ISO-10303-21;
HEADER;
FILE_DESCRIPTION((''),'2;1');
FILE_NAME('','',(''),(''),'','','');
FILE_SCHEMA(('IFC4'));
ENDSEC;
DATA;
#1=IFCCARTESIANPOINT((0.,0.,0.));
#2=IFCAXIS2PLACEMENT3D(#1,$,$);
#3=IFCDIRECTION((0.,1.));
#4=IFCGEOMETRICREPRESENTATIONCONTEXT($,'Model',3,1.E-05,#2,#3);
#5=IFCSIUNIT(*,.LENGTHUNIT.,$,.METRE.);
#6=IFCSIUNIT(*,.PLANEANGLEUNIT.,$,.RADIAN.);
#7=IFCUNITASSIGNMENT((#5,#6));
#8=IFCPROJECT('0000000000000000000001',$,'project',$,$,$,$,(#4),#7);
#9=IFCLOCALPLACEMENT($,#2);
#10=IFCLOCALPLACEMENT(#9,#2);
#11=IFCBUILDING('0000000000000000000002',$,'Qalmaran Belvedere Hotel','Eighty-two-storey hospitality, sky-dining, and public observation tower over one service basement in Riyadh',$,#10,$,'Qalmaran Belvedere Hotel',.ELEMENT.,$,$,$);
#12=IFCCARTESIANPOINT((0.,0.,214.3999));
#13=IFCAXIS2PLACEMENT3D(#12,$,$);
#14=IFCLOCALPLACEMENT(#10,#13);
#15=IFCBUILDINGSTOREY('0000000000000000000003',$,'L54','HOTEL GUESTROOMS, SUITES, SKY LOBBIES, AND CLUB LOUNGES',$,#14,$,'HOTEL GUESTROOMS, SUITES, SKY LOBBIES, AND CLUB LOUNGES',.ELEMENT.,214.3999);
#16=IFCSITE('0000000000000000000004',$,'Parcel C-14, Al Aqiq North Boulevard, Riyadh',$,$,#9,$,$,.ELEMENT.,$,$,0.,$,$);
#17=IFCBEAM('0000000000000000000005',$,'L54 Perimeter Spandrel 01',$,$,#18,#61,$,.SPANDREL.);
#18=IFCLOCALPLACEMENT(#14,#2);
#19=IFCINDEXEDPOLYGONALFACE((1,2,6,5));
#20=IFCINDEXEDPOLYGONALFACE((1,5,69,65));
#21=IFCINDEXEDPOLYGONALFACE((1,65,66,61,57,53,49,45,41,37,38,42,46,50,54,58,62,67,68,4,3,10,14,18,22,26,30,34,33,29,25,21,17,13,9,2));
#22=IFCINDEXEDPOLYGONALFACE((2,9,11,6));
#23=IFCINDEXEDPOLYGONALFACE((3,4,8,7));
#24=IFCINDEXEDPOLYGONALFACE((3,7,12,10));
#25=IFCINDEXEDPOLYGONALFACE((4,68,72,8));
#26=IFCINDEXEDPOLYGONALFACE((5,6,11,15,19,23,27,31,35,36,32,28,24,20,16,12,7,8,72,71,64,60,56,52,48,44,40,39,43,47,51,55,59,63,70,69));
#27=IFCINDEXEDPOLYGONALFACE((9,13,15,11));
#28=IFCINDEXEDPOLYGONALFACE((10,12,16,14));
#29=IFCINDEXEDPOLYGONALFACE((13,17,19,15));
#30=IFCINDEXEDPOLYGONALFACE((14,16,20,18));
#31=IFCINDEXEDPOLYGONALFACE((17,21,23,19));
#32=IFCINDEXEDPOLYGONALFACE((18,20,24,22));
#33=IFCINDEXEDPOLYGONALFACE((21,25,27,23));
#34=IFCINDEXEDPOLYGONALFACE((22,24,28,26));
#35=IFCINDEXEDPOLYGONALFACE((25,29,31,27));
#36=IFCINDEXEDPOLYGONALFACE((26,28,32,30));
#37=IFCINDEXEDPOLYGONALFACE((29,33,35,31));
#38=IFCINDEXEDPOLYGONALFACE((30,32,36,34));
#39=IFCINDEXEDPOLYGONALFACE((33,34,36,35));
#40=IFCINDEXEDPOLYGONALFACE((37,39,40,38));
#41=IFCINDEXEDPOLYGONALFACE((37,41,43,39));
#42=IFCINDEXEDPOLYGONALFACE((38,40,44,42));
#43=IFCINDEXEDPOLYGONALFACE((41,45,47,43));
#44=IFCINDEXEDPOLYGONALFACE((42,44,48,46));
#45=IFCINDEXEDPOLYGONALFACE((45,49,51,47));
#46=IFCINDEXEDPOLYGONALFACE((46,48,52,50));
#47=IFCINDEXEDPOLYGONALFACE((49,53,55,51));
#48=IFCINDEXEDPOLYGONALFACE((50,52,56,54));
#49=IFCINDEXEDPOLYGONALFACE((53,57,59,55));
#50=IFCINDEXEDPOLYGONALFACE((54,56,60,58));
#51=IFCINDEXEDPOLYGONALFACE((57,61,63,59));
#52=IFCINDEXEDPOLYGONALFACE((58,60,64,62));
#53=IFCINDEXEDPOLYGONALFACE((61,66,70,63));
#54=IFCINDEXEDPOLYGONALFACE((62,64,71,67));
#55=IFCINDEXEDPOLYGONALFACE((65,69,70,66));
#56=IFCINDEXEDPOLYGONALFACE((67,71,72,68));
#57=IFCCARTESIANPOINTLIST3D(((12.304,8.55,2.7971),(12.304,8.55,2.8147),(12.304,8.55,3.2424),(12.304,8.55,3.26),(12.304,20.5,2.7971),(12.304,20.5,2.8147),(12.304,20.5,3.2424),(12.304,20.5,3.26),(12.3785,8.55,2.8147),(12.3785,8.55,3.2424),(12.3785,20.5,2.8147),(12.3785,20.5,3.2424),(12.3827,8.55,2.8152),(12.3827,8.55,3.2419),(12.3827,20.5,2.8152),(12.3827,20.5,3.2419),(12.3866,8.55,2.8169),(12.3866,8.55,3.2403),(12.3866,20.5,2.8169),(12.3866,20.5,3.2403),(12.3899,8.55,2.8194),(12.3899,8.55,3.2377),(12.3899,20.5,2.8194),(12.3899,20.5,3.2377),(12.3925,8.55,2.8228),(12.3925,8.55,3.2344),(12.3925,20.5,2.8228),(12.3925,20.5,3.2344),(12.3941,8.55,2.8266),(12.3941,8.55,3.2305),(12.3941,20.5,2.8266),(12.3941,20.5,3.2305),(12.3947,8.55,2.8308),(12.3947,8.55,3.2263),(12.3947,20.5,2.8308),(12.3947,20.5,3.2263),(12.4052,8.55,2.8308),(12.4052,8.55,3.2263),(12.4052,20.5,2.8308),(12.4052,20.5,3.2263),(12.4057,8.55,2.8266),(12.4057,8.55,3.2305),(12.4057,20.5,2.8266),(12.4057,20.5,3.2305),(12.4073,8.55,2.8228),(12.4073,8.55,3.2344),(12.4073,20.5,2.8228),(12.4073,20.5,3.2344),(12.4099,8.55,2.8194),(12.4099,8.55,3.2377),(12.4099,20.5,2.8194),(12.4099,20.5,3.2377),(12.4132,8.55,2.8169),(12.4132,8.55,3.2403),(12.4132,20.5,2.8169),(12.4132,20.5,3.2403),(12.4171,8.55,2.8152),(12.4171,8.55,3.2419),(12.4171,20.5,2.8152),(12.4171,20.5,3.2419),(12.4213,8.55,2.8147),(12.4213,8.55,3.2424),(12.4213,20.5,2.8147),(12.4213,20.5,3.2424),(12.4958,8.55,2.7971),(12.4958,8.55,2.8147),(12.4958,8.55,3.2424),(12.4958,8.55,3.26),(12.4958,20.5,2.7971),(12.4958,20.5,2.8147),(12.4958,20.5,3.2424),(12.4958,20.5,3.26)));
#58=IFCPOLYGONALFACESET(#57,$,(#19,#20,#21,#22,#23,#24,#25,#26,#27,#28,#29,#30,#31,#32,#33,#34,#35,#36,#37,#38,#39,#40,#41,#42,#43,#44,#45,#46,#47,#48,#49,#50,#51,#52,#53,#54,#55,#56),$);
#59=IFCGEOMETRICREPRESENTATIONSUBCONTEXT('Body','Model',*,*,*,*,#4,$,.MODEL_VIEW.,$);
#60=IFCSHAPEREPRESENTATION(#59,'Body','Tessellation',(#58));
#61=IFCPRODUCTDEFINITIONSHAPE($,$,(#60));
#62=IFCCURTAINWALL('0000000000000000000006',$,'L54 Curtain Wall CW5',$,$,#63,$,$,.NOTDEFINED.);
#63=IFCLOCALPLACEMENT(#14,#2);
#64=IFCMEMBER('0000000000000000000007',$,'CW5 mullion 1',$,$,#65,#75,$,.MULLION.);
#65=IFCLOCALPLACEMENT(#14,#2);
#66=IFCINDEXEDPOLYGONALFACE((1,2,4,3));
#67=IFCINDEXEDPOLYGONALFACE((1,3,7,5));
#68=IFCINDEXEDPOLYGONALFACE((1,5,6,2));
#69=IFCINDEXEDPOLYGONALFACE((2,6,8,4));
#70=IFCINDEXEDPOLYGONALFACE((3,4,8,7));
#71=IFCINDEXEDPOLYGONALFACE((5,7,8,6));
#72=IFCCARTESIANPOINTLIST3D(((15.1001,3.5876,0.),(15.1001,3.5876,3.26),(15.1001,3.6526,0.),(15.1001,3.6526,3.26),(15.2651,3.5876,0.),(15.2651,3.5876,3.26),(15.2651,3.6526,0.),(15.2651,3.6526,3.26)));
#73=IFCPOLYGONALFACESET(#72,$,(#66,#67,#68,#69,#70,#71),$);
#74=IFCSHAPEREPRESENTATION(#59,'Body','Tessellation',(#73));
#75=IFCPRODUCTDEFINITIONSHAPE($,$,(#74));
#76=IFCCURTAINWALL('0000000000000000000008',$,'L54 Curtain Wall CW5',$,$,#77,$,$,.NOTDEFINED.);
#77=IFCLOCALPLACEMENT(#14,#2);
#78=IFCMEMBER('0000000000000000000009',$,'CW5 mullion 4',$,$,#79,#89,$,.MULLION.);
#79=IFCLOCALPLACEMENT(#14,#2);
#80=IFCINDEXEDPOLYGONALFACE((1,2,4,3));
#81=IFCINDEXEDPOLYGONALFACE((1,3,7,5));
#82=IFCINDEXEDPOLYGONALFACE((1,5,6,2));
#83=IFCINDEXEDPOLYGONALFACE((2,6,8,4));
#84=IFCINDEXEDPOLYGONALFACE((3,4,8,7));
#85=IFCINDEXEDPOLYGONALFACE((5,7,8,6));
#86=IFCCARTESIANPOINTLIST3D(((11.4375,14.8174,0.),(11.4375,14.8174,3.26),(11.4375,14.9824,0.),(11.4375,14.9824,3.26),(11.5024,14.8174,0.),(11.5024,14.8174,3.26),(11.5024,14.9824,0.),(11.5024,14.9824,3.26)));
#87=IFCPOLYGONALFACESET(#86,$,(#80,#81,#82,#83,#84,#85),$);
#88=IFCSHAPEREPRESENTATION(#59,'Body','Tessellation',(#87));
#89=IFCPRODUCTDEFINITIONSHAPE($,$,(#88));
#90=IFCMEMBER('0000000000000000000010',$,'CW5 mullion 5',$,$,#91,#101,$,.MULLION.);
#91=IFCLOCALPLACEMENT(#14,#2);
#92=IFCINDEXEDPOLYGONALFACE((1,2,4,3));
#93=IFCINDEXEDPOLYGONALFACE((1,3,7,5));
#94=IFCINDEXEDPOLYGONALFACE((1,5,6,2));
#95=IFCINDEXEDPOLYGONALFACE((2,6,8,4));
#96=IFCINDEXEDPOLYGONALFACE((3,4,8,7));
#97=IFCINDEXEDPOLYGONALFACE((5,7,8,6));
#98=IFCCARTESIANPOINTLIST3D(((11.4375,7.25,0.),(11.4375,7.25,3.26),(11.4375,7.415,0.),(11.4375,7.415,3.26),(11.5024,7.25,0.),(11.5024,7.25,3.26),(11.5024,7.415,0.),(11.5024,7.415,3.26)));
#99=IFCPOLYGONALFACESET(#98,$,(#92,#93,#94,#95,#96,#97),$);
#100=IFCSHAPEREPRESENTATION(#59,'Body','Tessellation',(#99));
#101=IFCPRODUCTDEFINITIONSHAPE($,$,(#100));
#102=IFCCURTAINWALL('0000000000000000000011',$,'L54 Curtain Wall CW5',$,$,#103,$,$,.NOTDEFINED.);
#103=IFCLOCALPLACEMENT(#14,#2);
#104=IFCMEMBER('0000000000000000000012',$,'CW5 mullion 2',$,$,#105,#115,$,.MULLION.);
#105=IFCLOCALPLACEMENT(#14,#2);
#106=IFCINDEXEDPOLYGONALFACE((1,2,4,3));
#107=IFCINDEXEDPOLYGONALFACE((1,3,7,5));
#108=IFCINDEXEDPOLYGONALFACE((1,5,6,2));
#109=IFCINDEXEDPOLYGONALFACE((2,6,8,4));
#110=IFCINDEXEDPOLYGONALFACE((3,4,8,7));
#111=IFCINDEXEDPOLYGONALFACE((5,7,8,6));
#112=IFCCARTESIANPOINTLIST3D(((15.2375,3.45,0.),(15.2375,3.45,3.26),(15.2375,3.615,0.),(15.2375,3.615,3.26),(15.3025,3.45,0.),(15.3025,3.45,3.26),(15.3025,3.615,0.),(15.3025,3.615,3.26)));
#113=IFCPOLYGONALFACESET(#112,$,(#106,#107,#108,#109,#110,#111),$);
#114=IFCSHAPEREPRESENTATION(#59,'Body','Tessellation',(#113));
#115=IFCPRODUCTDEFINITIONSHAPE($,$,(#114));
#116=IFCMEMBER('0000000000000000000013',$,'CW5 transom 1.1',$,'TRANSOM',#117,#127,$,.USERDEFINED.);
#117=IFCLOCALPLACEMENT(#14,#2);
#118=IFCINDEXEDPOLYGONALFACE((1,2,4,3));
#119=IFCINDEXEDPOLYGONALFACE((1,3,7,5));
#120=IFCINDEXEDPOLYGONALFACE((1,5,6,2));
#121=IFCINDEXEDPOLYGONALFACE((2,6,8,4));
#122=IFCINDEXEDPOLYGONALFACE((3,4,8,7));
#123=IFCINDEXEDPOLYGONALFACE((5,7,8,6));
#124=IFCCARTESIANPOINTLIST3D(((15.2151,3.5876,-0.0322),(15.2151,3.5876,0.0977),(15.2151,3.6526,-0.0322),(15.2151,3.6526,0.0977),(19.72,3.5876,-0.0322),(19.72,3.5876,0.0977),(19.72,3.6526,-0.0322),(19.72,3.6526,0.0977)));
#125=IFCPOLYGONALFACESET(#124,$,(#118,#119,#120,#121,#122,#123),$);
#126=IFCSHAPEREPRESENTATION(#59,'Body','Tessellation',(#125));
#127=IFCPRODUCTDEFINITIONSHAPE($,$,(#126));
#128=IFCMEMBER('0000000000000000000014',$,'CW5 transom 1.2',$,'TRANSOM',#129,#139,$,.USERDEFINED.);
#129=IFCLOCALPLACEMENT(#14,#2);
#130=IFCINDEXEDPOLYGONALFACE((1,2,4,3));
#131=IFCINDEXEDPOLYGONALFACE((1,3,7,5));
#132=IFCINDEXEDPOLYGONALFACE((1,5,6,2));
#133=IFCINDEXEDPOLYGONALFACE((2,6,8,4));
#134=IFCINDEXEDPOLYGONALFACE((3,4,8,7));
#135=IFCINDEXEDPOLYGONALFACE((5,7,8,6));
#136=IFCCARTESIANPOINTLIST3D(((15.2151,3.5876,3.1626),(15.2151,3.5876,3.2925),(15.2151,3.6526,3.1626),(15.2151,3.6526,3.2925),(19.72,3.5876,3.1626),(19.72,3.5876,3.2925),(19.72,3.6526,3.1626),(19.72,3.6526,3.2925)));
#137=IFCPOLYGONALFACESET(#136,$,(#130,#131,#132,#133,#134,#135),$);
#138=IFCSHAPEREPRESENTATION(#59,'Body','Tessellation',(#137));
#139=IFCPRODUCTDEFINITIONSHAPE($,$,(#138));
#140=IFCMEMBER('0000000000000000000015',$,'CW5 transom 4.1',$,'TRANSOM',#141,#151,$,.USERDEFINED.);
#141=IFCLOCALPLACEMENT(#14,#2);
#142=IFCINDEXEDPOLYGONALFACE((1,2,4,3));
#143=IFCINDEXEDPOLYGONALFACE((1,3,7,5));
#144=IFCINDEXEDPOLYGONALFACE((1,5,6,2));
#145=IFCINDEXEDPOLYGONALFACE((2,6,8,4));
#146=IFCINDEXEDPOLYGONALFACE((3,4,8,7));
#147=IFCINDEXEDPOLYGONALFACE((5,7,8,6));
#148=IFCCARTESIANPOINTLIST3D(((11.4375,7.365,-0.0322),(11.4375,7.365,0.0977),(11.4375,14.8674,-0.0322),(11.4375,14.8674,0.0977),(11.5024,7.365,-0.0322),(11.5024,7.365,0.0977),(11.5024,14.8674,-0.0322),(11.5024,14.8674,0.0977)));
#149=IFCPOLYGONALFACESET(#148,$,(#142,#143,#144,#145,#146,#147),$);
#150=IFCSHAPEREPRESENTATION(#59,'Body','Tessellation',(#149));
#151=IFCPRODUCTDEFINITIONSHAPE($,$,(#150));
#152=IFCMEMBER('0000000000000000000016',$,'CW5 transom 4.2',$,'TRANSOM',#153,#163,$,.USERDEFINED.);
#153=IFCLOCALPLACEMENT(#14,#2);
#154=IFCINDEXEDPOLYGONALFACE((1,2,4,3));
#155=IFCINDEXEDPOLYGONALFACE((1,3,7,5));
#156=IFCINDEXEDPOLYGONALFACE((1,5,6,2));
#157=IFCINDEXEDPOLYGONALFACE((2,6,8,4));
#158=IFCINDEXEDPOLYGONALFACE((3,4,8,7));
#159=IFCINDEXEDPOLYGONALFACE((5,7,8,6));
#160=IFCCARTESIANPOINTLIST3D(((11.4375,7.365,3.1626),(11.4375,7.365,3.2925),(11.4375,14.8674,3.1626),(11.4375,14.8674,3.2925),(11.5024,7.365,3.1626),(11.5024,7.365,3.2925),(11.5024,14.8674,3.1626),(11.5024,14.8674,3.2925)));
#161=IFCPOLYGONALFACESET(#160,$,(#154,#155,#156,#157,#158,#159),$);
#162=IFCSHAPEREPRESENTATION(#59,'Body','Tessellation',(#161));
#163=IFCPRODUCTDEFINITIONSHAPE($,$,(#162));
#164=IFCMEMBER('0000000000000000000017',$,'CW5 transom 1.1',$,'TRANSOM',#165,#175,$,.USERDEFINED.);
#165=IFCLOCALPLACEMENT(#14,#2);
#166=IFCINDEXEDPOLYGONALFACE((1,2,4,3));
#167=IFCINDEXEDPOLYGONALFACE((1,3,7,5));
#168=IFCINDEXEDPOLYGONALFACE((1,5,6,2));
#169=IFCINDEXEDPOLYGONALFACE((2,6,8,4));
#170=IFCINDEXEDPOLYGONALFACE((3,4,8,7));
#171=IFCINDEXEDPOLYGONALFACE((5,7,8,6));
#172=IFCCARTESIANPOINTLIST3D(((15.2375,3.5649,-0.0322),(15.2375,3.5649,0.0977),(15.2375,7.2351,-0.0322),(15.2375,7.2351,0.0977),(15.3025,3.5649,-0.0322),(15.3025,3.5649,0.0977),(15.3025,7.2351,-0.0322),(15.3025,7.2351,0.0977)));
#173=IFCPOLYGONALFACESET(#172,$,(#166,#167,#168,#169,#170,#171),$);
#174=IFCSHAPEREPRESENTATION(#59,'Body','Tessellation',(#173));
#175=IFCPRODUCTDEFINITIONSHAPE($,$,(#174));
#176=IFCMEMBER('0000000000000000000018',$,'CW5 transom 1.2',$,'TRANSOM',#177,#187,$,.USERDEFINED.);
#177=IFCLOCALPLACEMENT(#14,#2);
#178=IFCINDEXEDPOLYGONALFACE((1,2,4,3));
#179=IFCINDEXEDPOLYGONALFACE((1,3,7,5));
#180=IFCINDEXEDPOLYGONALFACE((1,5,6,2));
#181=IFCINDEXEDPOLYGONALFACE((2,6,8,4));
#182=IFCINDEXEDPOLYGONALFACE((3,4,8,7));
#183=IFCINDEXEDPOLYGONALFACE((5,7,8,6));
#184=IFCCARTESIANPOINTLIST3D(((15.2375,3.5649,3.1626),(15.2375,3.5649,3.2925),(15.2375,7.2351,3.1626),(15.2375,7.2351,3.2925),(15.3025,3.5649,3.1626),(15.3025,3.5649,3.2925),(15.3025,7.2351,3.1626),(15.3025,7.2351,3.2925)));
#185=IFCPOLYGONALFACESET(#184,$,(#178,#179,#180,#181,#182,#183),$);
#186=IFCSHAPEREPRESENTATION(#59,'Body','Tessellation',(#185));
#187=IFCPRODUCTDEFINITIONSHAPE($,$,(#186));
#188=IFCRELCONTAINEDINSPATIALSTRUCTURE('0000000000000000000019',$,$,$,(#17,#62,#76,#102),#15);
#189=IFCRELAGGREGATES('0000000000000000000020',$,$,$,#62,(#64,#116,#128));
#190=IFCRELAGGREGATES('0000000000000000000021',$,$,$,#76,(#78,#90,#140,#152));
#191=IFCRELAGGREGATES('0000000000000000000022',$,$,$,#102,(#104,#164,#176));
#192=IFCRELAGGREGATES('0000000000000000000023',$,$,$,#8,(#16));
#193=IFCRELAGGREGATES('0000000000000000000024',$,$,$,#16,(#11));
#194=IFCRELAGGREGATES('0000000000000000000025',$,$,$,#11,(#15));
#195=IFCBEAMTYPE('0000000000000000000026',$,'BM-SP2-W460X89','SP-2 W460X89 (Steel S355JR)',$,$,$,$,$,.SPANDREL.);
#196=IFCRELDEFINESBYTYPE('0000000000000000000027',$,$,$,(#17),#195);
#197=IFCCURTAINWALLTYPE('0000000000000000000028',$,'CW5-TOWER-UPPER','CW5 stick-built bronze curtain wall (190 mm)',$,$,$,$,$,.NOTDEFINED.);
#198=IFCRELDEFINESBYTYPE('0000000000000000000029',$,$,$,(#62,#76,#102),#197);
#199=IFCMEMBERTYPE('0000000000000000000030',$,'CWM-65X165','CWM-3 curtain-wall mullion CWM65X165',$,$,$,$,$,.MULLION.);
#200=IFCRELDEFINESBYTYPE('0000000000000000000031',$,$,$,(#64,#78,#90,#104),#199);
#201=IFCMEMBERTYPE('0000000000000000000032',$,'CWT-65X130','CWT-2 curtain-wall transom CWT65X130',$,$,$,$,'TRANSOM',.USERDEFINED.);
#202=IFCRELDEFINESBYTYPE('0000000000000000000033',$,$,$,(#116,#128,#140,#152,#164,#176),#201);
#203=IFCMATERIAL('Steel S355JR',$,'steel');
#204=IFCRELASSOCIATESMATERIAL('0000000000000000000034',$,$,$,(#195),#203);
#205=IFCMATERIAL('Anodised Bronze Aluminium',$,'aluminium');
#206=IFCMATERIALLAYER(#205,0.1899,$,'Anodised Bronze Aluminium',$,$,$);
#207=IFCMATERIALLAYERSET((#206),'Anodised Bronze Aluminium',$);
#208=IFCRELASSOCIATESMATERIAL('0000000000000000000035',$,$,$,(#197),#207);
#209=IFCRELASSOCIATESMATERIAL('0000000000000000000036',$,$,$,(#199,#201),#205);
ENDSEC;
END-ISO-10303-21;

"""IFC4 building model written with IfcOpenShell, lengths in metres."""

from ifc_helpers import new_model, si_unit, direction, frame, origin, origin_2d, place, context, subcontext, project, spatial, rectangle, i_section, extrude, material, layer, layer_set, material_profile, profile_set, type_object, element, aggregate, save


model = new_model("IFC4")

# Units and contexts
model_context = context("Model", 3, precision=1e-05, world=origin(), true_north=direction((0.0, 1.0)))
body_context = subcontext(model_context, "Body", "Model", "MODEL_VIEW")
ifc_project = project(units=[si_unit("LENGTHUNIT", "METRE"), si_unit("PLANEANGLEUNIT", "RADIAN")], contexts=[model_context])

# Site, building, storey
site_placement = place(None, origin())
site = spatial("IfcSite", under=ifc_project, at=site_placement, Name="Parcel C-14, Al Aqiq North Boulevard, Riyadh", CompositionType="ELEMENT", RefElevation=0.0)
building_placement = place(site_placement, origin())
building = spatial("IfcBuilding", under=site, at=building_placement, Name="Qalmaran Belvedere Hotel", Description="Eighty-two-storey hospitality, sky-dining, and public observation tower over one service basement in Riyadh", LongName="Qalmaran Belvedere Hotel", CompositionType="ELEMENT")
storey_placement = place(building_placement, frame((0.0, 0.0, 214.3999)))
storey = spatial("IfcBuildingStorey", under=building, at=storey_placement, Name="L54", Description="HOTEL GUESTROOMS, SUITES, SKY LOBBIES, AND CLUB LOUNGES", LongName="HOTEL GUESTROOMS, SUITES, SKY LOBBIES, AND CLUB LOUNGES", CompositionType="ELEMENT", Elevation=214.3999)

# Beam
ifc_material_1 = material(Name="Steel S355JR", Category="steel")
ifc_material_profile_1 = material_profile(ifc_material_1, i_section(OverallWidth=0.1919, OverallDepth=0.4629, WebThickness=0.0105, FlangeThickness=0.0176, FilletRadius=0.0161, at=origin_2d()), Name="W460X89")
ifc_profile_set_1 = profile_set([ifc_material_profile_1], Name="Steel S355JR")
beam_type_1 = type_object("IfcBeamType", Name="BM-SP2-W460X89", Description="SP-2 W460X89 (Steel S355JR)", PredefinedType="SPANDREL", material=ifc_profile_set_1)
beam_1_placement = place(storey_placement, frame((12.3999, 8.55, 3.0286), z_axis=(0.0, 1.0, 0.0), x_axis=(-1.0, 0.0, 0.0)))
element("IfcBeam", 1, at=beam_1_placement, inside=storey, type_object=beam_type_1, Name="L54 Perimeter Spandrel 01", PredefinedType="SPANDREL", context=body_context, shape_type="SweptSolid", body=[
    extrude(i_section(OverallWidth=0.1919, OverallDepth=0.4629, WebThickness=0.0105, FlangeThickness=0.0176, FilletRadius=0.0161, at=origin_2d()), origin(), (0.0, 0.0, 1.0), 11.95),
])

# Curtain wall, member
ifc_material_2 = material(Name="Anodised Bronze Aluminium", Category="aluminium")
ifc_layer_1 = layer(ifc_material_2, 0.1899, Name="Anodised Bronze Aluminium")
ifc_layer_set_1 = layer_set([ifc_layer_1], Name="Anodised Bronze Aluminium")
curtain_wall_type = type_object("IfcCurtainWallType", Name="CW5-TOWER-UPPER", Description="CW5 stick-built bronze curtain wall (190 mm)", PredefinedType="NOTDEFINED", material=ifc_layer_set_1)
curtain_wall_1_placement = place(storey_placement, origin())
curtain_wall_1 = element("IfcCurtainWall", 2, at=curtain_wall_1_placement, inside=storey, type_object=curtain_wall_type, Name="L54 Curtain Wall CW5", PredefinedType="NOTDEFINED")
ifc_material_profile_2 = material_profile(ifc_material_2, rectangle(XDim=0.0649, YDim=0.165, at=origin_2d()), Name="CWM65X165")
ifc_profile_set_2 = profile_set([ifc_material_profile_2], Name="Anodised Bronze Aluminium")
member_type_1 = type_object("IfcMemberType", Name="CWM-65X165", Description="CWM-3 curtain-wall mullion CWM65X165", PredefinedType="MULLION", material=ifc_profile_set_2)
member_1_placement = place(storey_placement, frame((15.1826, 3.6201, 0.0), z_axis=(0.0, 0.0, 1.0), x_axis=(0.0, 1.0, 0.0)))
member_1 = element("IfcMember", 3, at=member_1_placement, type_object=member_type_1, Name="CW5 mullion 1", PredefinedType="MULLION", context=body_context, shape_type="SweptSolid", body=[
    extrude(rectangle(XDim=0.0649, YDim=0.165, at=origin_2d()), origin(), (0.0, 0.0, 1.0), 3.26),
])

# Curtain wall, members
curtain_wall_2_placement = place(storey_placement, origin())
curtain_wall_2 = element("IfcCurtainWall", 4, at=curtain_wall_2_placement, inside=storey, type_object=curtain_wall_type, Name="L54 Curtain Wall CW5", PredefinedType="NOTDEFINED")
member_2_placement = place(storey_placement, frame((11.47, 14.8999, 0.0), z_axis=(0.0, 0.0, 1.0), x_axis=(1.0, 0.0, 0.0)))
member_2 = element("IfcMember", 5, at=member_2_placement, type_object=member_type_1, Name="CW5 mullion 4", PredefinedType="MULLION", context=body_context, shape_type="SweptSolid", body=[
    extrude(rectangle(XDim=0.0649, YDim=0.165, at=origin_2d()), origin(), (0.0, 0.0, 1.0), 3.26),
])
member_3_placement = place(storey_placement, frame((11.47, 7.3325, 0.0), z_axis=(0.0, 0.0, 1.0), x_axis=(1.0, 0.0, 0.0)))
member_3 = element("IfcMember", 6, at=member_3_placement, type_object=member_type_1, Name="CW5 mullion 5", PredefinedType="MULLION", context=body_context, shape_type="SweptSolid", body=[
    extrude(rectangle(XDim=0.0649, YDim=0.165, at=origin_2d()), origin(), (0.0, 0.0, 1.0), 3.26),
])

# Curtain wall, member
curtain_wall_3_placement = place(storey_placement, origin())
curtain_wall_3 = element("IfcCurtainWall", 7, at=curtain_wall_3_placement, inside=storey, type_object=curtain_wall_type, Name="L54 Curtain Wall CW5", PredefinedType="NOTDEFINED")
member_4_placement = place(storey_placement, frame((15.27, 3.5325, 0.0), z_axis=(0.0, 0.0, 1.0), x_axis=(1.0, 0.0, 0.0)))
member_4 = element("IfcMember", 8, at=member_4_placement, type_object=member_type_1, Name="CW5 mullion 2", PredefinedType="MULLION", context=body_context, shape_type="SweptSolid", body=[
    extrude(rectangle(XDim=0.0649, YDim=0.165, at=origin_2d()), origin(), (0.0, 0.0, 1.0), 3.26),
])

# Members
ifc_material_profile_3 = material_profile(ifc_material_2, rectangle(XDim=0.0649, YDim=0.1299, at=origin_2d()), Name="CWT65X130")
ifc_profile_set_3 = profile_set([ifc_material_profile_3], Name="Anodised Bronze Aluminium")
member_type_2 = type_object("IfcMemberType", Name="CWT-65X130", Description="CWT-2 curtain-wall transom CWT65X130", ElementType="TRANSOM", PredefinedType="USERDEFINED", material=ifc_profile_set_3)
member_5_placement = place(storey_placement, frame((15.2151, 3.6201, 0.0327), z_axis=(1.0, 0.0, 0.0), x_axis=(0.0, 1.0, 0.0)))
member_5 = element("IfcMember", 9, at=member_5_placement, type_object=member_type_2, Name="CW5 transom 1.1", ObjectType="TRANSOM", PredefinedType="USERDEFINED", context=body_context, shape_type="SweptSolid", body=[
    extrude(rectangle(XDim=0.0649, YDim=0.1299, at=origin_2d()), origin(), (0.0, 0.0, 1.0), 4.5049),
])
member_6_placement = place(storey_placement, frame((15.2151, 3.6201, 3.2275), z_axis=(1.0, 0.0, 0.0), x_axis=(0.0, 1.0, 0.0)))
member_6 = element("IfcMember", 10, at=member_6_placement, type_object=member_type_2, Name="CW5 transom 1.2", ObjectType="TRANSOM", PredefinedType="USERDEFINED", context=body_context, shape_type="SweptSolid", body=[
    extrude(rectangle(XDim=0.0649, YDim=0.1299, at=origin_2d()), origin(), (0.0, 0.0, 1.0), 4.5049),
])
aggregate(curtain_wall_1, [member_1, member_5, member_6])
member_7_placement = place(storey_placement, frame((11.47, 14.8674, 0.0327), z_axis=(0.0, -1.0, 0.0), x_axis=(1.0, 0.0, 0.0)))
member_7 = element("IfcMember", 11, at=member_7_placement, type_object=member_type_2, Name="CW5 transom 4.1", ObjectType="TRANSOM", PredefinedType="USERDEFINED", context=body_context, shape_type="SweptSolid", body=[
    extrude(rectangle(XDim=0.0649, YDim=0.1299, at=origin_2d()), origin(), (0.0, 0.0, 1.0), 7.5024),
])
member_8_placement = place(storey_placement, frame((11.47, 14.8674, 3.2275), z_axis=(0.0, -1.0, 0.0), x_axis=(1.0, 0.0, 0.0)))
member_8 = element("IfcMember", 12, at=member_8_placement, type_object=member_type_2, Name="CW5 transom 4.2", ObjectType="TRANSOM", PredefinedType="USERDEFINED", context=body_context, shape_type="SweptSolid", body=[
    extrude(rectangle(XDim=0.0649, YDim=0.1299, at=origin_2d()), origin(), (0.0, 0.0, 1.0), 7.5024),
])
member_9_placement = place(storey_placement, frame((15.27, 7.2351, 0.0327), z_axis=(0.0, -1.0, 0.0), x_axis=(1.0, 0.0, 0.0)))
member_9 = element("IfcMember", 13, at=member_9_placement, type_object=member_type_2, Name="CW5 transom 1.1", ObjectType="TRANSOM", PredefinedType="USERDEFINED", context=body_context, shape_type="SweptSolid", body=[
    extrude(rectangle(XDim=0.0649, YDim=0.1299, at=origin_2d()), origin(), (0.0, 0.0, 1.0), 3.6702),
])
member_10_placement = place(storey_placement, frame((15.27, 7.2351, 3.2275), z_axis=(0.0, -1.0, 0.0), x_axis=(1.0, 0.0, 0.0)))
member_10 = element("IfcMember", 14, at=member_10_placement, type_object=member_type_2, Name="CW5 transom 1.2", ObjectType="TRANSOM", PredefinedType="USERDEFINED", context=body_context, shape_type="SweptSolid", body=[
    extrude(rectangle(XDim=0.0649, YDim=0.1299, at=origin_2d()), origin(), (0.0, 0.0, 1.0), 3.6702),
])

aggregate(curtain_wall_2, [member_2, member_3, member_7, member_8])
aggregate(curtain_wall_3, [member_4, member_9, member_10])

save(model, "model.ifc")
